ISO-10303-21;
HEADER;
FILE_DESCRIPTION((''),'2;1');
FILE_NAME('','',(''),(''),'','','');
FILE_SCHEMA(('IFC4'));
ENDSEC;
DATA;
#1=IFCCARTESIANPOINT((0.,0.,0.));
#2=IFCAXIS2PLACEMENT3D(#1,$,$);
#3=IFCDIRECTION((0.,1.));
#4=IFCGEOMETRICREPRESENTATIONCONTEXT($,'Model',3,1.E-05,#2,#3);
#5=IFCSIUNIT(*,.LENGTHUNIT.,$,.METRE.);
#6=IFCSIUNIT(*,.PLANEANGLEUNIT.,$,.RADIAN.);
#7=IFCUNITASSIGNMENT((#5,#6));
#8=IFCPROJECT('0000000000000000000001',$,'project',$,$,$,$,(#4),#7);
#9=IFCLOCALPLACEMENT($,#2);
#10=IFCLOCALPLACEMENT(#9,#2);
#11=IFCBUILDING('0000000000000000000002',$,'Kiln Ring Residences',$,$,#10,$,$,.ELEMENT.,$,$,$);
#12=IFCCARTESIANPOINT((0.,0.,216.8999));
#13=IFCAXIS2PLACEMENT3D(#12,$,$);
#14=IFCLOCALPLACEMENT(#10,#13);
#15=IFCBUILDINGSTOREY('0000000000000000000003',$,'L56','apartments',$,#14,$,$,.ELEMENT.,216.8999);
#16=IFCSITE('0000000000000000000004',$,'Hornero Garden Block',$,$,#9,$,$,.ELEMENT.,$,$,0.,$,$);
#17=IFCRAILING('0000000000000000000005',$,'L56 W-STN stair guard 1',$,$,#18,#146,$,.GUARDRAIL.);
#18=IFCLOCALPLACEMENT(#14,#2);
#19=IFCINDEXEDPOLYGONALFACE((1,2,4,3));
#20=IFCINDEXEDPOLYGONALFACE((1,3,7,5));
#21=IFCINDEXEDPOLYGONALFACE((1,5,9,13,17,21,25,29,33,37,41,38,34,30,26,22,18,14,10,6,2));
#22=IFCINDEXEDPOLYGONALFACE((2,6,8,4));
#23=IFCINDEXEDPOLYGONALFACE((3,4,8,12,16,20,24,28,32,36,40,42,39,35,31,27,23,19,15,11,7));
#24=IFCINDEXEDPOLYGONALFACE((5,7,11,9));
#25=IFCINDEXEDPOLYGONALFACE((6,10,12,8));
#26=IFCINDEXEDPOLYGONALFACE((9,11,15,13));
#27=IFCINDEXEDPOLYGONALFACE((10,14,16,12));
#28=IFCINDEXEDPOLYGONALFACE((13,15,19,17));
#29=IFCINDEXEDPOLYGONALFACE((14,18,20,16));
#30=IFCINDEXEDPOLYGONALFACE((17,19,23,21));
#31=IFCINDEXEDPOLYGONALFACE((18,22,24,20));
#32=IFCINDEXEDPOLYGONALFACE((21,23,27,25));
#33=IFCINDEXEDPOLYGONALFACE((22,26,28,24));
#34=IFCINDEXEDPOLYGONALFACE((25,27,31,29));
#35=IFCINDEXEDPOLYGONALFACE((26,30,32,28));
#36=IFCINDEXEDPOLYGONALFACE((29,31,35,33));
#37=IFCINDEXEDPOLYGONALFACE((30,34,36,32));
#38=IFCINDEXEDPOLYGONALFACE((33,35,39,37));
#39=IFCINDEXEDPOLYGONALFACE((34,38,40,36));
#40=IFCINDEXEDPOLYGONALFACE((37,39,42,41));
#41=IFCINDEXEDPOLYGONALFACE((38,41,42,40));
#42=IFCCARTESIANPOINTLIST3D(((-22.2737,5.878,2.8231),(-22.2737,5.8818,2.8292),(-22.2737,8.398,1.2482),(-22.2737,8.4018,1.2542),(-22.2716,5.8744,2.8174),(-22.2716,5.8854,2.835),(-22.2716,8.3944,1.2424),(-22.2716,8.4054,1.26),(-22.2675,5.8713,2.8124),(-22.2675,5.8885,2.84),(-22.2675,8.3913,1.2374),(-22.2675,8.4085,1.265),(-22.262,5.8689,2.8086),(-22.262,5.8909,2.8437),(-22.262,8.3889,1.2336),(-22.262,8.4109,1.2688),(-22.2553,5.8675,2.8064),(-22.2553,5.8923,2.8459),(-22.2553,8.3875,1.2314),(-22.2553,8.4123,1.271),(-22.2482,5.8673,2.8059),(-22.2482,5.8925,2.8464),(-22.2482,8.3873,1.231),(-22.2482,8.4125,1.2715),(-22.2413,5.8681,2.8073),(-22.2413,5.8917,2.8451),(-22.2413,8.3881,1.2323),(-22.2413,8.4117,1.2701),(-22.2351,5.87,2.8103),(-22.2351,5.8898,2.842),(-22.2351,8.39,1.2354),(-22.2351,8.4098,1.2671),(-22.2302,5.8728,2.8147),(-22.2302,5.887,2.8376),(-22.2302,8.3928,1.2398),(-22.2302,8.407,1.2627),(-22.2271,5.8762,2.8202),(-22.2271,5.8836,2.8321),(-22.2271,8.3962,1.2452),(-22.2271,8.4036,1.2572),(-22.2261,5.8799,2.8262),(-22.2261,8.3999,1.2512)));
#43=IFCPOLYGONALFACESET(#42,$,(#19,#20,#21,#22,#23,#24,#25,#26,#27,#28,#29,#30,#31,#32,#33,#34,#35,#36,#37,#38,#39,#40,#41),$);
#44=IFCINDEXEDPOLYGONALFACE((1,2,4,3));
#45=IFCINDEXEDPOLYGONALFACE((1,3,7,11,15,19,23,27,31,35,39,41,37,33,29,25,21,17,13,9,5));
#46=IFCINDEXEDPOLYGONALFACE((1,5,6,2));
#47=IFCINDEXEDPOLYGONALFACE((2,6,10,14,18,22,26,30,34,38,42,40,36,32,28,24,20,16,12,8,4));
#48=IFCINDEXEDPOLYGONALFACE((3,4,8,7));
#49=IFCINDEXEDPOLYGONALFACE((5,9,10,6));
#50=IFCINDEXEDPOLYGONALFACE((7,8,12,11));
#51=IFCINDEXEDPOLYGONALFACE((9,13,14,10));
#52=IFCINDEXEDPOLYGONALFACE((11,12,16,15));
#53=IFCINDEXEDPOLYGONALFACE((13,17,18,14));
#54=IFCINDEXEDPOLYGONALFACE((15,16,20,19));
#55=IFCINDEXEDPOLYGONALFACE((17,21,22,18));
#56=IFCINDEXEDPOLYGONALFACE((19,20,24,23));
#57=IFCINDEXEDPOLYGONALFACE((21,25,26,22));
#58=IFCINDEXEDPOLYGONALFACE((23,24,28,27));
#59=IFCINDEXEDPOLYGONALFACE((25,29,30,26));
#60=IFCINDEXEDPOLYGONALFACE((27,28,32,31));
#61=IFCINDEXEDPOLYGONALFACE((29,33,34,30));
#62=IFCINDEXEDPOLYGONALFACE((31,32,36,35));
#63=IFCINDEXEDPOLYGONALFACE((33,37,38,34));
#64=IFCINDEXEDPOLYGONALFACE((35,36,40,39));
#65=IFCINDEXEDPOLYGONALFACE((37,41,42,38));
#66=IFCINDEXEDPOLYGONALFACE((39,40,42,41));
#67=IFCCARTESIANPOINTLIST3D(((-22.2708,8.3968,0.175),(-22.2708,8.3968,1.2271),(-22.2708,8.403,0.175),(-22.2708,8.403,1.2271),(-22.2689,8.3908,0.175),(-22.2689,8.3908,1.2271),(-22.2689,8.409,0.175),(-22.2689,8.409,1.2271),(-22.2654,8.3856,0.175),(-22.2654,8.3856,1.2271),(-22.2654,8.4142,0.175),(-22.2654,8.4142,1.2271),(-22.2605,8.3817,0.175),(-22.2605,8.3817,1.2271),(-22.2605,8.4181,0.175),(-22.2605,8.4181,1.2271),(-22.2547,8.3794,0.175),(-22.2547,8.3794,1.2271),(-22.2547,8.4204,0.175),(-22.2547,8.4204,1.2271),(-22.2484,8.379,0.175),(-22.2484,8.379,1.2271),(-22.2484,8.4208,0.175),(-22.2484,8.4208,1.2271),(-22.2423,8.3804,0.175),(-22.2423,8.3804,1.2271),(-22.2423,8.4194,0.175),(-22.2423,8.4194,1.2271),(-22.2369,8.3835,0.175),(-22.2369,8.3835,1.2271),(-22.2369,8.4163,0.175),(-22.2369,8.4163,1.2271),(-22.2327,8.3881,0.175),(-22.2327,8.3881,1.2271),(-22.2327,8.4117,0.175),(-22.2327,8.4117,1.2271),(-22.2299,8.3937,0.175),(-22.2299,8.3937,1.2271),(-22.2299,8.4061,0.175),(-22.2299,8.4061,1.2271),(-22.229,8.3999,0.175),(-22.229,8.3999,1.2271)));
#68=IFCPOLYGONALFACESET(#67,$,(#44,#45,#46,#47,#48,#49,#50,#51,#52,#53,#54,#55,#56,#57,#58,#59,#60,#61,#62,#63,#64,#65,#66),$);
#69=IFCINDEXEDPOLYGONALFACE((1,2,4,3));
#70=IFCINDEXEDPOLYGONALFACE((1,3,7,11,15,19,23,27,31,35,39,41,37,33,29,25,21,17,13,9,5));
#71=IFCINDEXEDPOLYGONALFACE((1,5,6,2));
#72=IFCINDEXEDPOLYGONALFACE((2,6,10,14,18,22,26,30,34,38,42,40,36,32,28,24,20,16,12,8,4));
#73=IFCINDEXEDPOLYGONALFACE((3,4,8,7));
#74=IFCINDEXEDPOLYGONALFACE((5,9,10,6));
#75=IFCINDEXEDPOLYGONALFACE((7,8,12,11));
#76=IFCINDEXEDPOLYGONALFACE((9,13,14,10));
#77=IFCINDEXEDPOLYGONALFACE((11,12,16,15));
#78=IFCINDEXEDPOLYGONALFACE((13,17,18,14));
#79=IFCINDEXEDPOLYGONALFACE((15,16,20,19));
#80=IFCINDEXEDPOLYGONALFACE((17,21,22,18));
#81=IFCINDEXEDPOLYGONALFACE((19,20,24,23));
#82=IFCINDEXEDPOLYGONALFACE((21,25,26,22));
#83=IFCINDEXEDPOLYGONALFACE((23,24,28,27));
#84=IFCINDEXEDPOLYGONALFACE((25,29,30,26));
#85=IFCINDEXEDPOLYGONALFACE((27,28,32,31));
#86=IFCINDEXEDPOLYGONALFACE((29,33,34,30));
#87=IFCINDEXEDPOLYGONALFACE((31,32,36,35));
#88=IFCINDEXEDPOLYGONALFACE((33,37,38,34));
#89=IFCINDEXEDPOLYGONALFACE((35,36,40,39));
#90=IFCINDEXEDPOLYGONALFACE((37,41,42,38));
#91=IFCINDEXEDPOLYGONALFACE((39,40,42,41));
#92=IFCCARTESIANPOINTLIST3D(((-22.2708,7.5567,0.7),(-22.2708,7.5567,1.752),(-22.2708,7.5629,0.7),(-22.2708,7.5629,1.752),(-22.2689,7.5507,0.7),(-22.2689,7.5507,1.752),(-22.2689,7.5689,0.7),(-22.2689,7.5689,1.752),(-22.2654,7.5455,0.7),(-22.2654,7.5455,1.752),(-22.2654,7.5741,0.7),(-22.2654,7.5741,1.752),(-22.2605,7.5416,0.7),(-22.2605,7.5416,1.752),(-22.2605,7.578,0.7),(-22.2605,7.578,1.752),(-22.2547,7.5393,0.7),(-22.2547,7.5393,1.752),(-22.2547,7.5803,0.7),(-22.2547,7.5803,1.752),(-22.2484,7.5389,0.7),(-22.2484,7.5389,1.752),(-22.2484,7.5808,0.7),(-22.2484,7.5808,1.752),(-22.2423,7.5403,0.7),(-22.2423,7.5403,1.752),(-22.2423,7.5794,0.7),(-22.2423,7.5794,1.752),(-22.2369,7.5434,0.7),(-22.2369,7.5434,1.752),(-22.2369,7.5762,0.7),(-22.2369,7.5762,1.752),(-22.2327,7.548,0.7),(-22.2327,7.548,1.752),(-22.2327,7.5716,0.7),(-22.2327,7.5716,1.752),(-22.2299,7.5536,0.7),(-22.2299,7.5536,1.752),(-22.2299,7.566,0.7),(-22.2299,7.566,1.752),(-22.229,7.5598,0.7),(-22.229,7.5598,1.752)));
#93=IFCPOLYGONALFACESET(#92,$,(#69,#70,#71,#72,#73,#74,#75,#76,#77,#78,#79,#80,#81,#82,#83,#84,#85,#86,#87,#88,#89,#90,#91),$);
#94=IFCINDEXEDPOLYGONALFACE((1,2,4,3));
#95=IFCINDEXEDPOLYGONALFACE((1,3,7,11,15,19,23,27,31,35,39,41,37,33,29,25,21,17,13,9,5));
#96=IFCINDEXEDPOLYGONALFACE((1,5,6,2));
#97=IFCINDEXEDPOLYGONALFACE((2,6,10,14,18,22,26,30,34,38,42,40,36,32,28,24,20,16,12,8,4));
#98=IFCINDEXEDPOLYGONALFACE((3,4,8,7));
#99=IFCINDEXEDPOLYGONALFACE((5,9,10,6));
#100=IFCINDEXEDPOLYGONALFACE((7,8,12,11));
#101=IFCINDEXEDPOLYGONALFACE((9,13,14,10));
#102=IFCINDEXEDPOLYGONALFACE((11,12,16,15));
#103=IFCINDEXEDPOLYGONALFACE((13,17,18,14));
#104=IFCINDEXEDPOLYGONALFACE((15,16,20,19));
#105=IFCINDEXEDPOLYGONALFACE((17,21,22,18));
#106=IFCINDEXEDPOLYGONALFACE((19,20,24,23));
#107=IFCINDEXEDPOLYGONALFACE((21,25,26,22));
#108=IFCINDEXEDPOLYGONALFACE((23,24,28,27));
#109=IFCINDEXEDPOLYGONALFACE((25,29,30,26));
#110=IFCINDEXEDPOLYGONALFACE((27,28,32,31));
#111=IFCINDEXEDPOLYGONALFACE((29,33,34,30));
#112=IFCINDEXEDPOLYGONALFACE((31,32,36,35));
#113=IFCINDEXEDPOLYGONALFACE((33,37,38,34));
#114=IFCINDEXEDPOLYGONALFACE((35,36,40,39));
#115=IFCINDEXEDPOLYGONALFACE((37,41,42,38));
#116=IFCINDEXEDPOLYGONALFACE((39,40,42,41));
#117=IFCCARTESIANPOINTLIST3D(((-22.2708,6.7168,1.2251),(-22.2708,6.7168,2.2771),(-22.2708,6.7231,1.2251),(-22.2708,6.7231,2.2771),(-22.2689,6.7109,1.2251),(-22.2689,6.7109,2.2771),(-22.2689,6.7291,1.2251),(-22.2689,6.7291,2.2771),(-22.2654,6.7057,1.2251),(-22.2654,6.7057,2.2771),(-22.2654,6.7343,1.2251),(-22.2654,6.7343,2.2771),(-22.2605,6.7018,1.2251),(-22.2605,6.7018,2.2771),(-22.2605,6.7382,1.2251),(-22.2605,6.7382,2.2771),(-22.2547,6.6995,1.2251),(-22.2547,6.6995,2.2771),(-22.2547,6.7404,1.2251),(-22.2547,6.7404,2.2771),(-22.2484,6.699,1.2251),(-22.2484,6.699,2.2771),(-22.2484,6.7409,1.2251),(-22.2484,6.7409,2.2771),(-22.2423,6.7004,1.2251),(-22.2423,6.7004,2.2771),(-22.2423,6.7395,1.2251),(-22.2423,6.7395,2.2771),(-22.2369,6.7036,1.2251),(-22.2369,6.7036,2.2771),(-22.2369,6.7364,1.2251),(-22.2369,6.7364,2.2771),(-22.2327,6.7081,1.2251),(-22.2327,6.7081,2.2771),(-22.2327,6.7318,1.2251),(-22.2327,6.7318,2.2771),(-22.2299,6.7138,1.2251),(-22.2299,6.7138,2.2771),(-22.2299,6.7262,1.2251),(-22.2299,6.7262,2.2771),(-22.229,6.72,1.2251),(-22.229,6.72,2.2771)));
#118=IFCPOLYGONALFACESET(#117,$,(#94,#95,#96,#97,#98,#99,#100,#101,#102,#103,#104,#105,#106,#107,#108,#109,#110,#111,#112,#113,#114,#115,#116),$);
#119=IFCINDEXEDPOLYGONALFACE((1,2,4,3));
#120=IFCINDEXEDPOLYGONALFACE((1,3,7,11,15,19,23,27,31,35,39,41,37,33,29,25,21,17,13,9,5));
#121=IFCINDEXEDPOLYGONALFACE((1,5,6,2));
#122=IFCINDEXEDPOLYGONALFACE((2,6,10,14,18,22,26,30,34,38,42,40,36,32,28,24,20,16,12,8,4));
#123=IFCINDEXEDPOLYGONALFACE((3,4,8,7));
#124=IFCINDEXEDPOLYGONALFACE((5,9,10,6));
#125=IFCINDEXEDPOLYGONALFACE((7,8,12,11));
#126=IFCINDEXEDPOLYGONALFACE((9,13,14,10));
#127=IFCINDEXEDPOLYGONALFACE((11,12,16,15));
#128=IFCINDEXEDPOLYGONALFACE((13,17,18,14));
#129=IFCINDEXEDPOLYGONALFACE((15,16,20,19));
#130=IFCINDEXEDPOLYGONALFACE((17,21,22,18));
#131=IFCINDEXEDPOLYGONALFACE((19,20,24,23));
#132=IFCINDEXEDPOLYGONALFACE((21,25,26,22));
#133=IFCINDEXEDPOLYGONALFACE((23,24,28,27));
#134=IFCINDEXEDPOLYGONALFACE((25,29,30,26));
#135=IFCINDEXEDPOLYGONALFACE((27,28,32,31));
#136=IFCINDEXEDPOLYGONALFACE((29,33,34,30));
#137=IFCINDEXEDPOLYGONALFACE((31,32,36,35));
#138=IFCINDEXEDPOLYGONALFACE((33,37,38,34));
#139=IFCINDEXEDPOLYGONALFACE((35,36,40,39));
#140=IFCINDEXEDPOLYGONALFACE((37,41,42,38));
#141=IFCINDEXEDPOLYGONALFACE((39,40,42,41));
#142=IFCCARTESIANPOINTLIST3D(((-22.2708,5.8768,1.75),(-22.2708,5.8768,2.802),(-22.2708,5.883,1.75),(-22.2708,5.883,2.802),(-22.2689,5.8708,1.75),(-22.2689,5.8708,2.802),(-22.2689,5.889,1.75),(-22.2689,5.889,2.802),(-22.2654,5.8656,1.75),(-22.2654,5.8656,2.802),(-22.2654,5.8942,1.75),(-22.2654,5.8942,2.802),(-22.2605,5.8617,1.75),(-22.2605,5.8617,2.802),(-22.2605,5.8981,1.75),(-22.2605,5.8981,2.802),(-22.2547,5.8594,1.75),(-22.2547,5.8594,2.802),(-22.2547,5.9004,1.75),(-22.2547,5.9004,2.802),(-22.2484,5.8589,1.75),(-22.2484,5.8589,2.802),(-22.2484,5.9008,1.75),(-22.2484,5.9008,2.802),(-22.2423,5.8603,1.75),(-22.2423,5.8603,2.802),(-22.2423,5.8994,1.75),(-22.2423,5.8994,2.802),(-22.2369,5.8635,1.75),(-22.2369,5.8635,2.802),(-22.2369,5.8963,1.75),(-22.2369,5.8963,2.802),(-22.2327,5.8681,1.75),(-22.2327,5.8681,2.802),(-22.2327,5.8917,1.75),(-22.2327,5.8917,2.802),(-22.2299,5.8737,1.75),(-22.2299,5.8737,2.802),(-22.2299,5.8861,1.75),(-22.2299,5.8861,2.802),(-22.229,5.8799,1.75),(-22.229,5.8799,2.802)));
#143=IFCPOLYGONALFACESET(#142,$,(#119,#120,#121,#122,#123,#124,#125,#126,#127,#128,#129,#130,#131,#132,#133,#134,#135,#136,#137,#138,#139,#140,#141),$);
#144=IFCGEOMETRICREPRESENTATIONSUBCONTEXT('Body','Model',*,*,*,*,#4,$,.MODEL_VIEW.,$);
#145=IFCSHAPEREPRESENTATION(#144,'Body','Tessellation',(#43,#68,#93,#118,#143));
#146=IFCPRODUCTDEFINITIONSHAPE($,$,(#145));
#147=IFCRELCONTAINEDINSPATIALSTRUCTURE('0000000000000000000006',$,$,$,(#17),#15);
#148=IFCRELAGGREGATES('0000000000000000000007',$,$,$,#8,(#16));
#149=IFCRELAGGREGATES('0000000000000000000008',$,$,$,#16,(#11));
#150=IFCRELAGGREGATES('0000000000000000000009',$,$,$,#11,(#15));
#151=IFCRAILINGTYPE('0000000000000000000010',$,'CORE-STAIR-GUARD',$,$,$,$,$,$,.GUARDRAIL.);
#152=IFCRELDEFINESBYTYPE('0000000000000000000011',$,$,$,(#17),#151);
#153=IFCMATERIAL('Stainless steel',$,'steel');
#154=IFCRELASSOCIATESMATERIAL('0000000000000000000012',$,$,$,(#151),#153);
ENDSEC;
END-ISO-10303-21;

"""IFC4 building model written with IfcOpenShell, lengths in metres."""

from ifc_helpers import new_model, si_unit, direction, frame, origin, origin_2d, place, context, subcontext, project, spatial, circle, extrude, material, type_object, element, save


model = new_model("IFC4")

# Units and contexts
model_context = context("Model", 3, precision=1e-05, world=origin(), true_north=direction((0.0, 1.0)))
body_context = subcontext(model_context, "Body", "Model", "MODEL_VIEW")
ifc_project = project(units=[si_unit("LENGTHUNIT", "METRE"), si_unit("PLANEANGLEUNIT", "RADIAN")], contexts=[model_context])

# Site, building, storey
site_placement = place(None, origin())
site = spatial("IfcSite", under=ifc_project, at=site_placement, Name="Hornero Garden Block", CompositionType="ELEMENT", RefElevation=0.0)
building_placement = place(site_placement, origin())
building = spatial("IfcBuilding", under=site, at=building_placement, Name="Kiln Ring Residences", CompositionType="ELEMENT")
storey_placement = place(building_placement, frame((0.0, 0.0, 216.8999)))
storey = spatial("IfcBuildingStorey", under=building, at=storey_placement, Name="L56", Description="apartments", CompositionType="ELEMENT", Elevation=216.8999)

# Railing
ifc_material_1 = material(Name="Stainless steel", Category="steel")
railing_type_1 = type_object("IfcRailingType", Name="CORE-STAIR-GUARD", PredefinedType="GUARDRAIL", material=ifc_material_1)
railing_1_placement = place(storey_placement, frame((-22.25, 8.3999, 0.175)))
element("IfcRailing", 1, at=railing_1_placement, inside=storey, type_object=railing_type_1, Name="L56 W-STN stair guard 1", PredefinedType="GUARDRAIL", context=body_context, shape_type="SweptSolid", body=[
    extrude(circle(Radius=0.0239, at=origin_2d()), frame((0.0, 0.0, 1.0762), z_axis=(0.0, -0.848008, 0.529984), x_axis=(1.0, 0.0, 0.0)), (0.0, 0.0, 1.0), 2.9717),
    extrude(circle(Radius=0.021, at=origin_2d()), origin(), (0.0, 0.0, 1.0), 1.052),
    extrude(circle(Radius=0.021, at=origin_2d()), frame((0.0, -0.8401, 0.5249)), (0.0, 0.0, 1.0), 1.052),
    extrude(circle(Radius=0.021, at=origin_2d()), frame((0.0, -1.6799, 1.05)), (0.0, 0.0, 1.0), 1.052),
    extrude(circle(Radius=0.021, at=origin_2d()), frame((0.0, -2.52, 1.575)), (0.0, 0.0, 1.0), 1.052),
])

save(model, "model.ifc")
